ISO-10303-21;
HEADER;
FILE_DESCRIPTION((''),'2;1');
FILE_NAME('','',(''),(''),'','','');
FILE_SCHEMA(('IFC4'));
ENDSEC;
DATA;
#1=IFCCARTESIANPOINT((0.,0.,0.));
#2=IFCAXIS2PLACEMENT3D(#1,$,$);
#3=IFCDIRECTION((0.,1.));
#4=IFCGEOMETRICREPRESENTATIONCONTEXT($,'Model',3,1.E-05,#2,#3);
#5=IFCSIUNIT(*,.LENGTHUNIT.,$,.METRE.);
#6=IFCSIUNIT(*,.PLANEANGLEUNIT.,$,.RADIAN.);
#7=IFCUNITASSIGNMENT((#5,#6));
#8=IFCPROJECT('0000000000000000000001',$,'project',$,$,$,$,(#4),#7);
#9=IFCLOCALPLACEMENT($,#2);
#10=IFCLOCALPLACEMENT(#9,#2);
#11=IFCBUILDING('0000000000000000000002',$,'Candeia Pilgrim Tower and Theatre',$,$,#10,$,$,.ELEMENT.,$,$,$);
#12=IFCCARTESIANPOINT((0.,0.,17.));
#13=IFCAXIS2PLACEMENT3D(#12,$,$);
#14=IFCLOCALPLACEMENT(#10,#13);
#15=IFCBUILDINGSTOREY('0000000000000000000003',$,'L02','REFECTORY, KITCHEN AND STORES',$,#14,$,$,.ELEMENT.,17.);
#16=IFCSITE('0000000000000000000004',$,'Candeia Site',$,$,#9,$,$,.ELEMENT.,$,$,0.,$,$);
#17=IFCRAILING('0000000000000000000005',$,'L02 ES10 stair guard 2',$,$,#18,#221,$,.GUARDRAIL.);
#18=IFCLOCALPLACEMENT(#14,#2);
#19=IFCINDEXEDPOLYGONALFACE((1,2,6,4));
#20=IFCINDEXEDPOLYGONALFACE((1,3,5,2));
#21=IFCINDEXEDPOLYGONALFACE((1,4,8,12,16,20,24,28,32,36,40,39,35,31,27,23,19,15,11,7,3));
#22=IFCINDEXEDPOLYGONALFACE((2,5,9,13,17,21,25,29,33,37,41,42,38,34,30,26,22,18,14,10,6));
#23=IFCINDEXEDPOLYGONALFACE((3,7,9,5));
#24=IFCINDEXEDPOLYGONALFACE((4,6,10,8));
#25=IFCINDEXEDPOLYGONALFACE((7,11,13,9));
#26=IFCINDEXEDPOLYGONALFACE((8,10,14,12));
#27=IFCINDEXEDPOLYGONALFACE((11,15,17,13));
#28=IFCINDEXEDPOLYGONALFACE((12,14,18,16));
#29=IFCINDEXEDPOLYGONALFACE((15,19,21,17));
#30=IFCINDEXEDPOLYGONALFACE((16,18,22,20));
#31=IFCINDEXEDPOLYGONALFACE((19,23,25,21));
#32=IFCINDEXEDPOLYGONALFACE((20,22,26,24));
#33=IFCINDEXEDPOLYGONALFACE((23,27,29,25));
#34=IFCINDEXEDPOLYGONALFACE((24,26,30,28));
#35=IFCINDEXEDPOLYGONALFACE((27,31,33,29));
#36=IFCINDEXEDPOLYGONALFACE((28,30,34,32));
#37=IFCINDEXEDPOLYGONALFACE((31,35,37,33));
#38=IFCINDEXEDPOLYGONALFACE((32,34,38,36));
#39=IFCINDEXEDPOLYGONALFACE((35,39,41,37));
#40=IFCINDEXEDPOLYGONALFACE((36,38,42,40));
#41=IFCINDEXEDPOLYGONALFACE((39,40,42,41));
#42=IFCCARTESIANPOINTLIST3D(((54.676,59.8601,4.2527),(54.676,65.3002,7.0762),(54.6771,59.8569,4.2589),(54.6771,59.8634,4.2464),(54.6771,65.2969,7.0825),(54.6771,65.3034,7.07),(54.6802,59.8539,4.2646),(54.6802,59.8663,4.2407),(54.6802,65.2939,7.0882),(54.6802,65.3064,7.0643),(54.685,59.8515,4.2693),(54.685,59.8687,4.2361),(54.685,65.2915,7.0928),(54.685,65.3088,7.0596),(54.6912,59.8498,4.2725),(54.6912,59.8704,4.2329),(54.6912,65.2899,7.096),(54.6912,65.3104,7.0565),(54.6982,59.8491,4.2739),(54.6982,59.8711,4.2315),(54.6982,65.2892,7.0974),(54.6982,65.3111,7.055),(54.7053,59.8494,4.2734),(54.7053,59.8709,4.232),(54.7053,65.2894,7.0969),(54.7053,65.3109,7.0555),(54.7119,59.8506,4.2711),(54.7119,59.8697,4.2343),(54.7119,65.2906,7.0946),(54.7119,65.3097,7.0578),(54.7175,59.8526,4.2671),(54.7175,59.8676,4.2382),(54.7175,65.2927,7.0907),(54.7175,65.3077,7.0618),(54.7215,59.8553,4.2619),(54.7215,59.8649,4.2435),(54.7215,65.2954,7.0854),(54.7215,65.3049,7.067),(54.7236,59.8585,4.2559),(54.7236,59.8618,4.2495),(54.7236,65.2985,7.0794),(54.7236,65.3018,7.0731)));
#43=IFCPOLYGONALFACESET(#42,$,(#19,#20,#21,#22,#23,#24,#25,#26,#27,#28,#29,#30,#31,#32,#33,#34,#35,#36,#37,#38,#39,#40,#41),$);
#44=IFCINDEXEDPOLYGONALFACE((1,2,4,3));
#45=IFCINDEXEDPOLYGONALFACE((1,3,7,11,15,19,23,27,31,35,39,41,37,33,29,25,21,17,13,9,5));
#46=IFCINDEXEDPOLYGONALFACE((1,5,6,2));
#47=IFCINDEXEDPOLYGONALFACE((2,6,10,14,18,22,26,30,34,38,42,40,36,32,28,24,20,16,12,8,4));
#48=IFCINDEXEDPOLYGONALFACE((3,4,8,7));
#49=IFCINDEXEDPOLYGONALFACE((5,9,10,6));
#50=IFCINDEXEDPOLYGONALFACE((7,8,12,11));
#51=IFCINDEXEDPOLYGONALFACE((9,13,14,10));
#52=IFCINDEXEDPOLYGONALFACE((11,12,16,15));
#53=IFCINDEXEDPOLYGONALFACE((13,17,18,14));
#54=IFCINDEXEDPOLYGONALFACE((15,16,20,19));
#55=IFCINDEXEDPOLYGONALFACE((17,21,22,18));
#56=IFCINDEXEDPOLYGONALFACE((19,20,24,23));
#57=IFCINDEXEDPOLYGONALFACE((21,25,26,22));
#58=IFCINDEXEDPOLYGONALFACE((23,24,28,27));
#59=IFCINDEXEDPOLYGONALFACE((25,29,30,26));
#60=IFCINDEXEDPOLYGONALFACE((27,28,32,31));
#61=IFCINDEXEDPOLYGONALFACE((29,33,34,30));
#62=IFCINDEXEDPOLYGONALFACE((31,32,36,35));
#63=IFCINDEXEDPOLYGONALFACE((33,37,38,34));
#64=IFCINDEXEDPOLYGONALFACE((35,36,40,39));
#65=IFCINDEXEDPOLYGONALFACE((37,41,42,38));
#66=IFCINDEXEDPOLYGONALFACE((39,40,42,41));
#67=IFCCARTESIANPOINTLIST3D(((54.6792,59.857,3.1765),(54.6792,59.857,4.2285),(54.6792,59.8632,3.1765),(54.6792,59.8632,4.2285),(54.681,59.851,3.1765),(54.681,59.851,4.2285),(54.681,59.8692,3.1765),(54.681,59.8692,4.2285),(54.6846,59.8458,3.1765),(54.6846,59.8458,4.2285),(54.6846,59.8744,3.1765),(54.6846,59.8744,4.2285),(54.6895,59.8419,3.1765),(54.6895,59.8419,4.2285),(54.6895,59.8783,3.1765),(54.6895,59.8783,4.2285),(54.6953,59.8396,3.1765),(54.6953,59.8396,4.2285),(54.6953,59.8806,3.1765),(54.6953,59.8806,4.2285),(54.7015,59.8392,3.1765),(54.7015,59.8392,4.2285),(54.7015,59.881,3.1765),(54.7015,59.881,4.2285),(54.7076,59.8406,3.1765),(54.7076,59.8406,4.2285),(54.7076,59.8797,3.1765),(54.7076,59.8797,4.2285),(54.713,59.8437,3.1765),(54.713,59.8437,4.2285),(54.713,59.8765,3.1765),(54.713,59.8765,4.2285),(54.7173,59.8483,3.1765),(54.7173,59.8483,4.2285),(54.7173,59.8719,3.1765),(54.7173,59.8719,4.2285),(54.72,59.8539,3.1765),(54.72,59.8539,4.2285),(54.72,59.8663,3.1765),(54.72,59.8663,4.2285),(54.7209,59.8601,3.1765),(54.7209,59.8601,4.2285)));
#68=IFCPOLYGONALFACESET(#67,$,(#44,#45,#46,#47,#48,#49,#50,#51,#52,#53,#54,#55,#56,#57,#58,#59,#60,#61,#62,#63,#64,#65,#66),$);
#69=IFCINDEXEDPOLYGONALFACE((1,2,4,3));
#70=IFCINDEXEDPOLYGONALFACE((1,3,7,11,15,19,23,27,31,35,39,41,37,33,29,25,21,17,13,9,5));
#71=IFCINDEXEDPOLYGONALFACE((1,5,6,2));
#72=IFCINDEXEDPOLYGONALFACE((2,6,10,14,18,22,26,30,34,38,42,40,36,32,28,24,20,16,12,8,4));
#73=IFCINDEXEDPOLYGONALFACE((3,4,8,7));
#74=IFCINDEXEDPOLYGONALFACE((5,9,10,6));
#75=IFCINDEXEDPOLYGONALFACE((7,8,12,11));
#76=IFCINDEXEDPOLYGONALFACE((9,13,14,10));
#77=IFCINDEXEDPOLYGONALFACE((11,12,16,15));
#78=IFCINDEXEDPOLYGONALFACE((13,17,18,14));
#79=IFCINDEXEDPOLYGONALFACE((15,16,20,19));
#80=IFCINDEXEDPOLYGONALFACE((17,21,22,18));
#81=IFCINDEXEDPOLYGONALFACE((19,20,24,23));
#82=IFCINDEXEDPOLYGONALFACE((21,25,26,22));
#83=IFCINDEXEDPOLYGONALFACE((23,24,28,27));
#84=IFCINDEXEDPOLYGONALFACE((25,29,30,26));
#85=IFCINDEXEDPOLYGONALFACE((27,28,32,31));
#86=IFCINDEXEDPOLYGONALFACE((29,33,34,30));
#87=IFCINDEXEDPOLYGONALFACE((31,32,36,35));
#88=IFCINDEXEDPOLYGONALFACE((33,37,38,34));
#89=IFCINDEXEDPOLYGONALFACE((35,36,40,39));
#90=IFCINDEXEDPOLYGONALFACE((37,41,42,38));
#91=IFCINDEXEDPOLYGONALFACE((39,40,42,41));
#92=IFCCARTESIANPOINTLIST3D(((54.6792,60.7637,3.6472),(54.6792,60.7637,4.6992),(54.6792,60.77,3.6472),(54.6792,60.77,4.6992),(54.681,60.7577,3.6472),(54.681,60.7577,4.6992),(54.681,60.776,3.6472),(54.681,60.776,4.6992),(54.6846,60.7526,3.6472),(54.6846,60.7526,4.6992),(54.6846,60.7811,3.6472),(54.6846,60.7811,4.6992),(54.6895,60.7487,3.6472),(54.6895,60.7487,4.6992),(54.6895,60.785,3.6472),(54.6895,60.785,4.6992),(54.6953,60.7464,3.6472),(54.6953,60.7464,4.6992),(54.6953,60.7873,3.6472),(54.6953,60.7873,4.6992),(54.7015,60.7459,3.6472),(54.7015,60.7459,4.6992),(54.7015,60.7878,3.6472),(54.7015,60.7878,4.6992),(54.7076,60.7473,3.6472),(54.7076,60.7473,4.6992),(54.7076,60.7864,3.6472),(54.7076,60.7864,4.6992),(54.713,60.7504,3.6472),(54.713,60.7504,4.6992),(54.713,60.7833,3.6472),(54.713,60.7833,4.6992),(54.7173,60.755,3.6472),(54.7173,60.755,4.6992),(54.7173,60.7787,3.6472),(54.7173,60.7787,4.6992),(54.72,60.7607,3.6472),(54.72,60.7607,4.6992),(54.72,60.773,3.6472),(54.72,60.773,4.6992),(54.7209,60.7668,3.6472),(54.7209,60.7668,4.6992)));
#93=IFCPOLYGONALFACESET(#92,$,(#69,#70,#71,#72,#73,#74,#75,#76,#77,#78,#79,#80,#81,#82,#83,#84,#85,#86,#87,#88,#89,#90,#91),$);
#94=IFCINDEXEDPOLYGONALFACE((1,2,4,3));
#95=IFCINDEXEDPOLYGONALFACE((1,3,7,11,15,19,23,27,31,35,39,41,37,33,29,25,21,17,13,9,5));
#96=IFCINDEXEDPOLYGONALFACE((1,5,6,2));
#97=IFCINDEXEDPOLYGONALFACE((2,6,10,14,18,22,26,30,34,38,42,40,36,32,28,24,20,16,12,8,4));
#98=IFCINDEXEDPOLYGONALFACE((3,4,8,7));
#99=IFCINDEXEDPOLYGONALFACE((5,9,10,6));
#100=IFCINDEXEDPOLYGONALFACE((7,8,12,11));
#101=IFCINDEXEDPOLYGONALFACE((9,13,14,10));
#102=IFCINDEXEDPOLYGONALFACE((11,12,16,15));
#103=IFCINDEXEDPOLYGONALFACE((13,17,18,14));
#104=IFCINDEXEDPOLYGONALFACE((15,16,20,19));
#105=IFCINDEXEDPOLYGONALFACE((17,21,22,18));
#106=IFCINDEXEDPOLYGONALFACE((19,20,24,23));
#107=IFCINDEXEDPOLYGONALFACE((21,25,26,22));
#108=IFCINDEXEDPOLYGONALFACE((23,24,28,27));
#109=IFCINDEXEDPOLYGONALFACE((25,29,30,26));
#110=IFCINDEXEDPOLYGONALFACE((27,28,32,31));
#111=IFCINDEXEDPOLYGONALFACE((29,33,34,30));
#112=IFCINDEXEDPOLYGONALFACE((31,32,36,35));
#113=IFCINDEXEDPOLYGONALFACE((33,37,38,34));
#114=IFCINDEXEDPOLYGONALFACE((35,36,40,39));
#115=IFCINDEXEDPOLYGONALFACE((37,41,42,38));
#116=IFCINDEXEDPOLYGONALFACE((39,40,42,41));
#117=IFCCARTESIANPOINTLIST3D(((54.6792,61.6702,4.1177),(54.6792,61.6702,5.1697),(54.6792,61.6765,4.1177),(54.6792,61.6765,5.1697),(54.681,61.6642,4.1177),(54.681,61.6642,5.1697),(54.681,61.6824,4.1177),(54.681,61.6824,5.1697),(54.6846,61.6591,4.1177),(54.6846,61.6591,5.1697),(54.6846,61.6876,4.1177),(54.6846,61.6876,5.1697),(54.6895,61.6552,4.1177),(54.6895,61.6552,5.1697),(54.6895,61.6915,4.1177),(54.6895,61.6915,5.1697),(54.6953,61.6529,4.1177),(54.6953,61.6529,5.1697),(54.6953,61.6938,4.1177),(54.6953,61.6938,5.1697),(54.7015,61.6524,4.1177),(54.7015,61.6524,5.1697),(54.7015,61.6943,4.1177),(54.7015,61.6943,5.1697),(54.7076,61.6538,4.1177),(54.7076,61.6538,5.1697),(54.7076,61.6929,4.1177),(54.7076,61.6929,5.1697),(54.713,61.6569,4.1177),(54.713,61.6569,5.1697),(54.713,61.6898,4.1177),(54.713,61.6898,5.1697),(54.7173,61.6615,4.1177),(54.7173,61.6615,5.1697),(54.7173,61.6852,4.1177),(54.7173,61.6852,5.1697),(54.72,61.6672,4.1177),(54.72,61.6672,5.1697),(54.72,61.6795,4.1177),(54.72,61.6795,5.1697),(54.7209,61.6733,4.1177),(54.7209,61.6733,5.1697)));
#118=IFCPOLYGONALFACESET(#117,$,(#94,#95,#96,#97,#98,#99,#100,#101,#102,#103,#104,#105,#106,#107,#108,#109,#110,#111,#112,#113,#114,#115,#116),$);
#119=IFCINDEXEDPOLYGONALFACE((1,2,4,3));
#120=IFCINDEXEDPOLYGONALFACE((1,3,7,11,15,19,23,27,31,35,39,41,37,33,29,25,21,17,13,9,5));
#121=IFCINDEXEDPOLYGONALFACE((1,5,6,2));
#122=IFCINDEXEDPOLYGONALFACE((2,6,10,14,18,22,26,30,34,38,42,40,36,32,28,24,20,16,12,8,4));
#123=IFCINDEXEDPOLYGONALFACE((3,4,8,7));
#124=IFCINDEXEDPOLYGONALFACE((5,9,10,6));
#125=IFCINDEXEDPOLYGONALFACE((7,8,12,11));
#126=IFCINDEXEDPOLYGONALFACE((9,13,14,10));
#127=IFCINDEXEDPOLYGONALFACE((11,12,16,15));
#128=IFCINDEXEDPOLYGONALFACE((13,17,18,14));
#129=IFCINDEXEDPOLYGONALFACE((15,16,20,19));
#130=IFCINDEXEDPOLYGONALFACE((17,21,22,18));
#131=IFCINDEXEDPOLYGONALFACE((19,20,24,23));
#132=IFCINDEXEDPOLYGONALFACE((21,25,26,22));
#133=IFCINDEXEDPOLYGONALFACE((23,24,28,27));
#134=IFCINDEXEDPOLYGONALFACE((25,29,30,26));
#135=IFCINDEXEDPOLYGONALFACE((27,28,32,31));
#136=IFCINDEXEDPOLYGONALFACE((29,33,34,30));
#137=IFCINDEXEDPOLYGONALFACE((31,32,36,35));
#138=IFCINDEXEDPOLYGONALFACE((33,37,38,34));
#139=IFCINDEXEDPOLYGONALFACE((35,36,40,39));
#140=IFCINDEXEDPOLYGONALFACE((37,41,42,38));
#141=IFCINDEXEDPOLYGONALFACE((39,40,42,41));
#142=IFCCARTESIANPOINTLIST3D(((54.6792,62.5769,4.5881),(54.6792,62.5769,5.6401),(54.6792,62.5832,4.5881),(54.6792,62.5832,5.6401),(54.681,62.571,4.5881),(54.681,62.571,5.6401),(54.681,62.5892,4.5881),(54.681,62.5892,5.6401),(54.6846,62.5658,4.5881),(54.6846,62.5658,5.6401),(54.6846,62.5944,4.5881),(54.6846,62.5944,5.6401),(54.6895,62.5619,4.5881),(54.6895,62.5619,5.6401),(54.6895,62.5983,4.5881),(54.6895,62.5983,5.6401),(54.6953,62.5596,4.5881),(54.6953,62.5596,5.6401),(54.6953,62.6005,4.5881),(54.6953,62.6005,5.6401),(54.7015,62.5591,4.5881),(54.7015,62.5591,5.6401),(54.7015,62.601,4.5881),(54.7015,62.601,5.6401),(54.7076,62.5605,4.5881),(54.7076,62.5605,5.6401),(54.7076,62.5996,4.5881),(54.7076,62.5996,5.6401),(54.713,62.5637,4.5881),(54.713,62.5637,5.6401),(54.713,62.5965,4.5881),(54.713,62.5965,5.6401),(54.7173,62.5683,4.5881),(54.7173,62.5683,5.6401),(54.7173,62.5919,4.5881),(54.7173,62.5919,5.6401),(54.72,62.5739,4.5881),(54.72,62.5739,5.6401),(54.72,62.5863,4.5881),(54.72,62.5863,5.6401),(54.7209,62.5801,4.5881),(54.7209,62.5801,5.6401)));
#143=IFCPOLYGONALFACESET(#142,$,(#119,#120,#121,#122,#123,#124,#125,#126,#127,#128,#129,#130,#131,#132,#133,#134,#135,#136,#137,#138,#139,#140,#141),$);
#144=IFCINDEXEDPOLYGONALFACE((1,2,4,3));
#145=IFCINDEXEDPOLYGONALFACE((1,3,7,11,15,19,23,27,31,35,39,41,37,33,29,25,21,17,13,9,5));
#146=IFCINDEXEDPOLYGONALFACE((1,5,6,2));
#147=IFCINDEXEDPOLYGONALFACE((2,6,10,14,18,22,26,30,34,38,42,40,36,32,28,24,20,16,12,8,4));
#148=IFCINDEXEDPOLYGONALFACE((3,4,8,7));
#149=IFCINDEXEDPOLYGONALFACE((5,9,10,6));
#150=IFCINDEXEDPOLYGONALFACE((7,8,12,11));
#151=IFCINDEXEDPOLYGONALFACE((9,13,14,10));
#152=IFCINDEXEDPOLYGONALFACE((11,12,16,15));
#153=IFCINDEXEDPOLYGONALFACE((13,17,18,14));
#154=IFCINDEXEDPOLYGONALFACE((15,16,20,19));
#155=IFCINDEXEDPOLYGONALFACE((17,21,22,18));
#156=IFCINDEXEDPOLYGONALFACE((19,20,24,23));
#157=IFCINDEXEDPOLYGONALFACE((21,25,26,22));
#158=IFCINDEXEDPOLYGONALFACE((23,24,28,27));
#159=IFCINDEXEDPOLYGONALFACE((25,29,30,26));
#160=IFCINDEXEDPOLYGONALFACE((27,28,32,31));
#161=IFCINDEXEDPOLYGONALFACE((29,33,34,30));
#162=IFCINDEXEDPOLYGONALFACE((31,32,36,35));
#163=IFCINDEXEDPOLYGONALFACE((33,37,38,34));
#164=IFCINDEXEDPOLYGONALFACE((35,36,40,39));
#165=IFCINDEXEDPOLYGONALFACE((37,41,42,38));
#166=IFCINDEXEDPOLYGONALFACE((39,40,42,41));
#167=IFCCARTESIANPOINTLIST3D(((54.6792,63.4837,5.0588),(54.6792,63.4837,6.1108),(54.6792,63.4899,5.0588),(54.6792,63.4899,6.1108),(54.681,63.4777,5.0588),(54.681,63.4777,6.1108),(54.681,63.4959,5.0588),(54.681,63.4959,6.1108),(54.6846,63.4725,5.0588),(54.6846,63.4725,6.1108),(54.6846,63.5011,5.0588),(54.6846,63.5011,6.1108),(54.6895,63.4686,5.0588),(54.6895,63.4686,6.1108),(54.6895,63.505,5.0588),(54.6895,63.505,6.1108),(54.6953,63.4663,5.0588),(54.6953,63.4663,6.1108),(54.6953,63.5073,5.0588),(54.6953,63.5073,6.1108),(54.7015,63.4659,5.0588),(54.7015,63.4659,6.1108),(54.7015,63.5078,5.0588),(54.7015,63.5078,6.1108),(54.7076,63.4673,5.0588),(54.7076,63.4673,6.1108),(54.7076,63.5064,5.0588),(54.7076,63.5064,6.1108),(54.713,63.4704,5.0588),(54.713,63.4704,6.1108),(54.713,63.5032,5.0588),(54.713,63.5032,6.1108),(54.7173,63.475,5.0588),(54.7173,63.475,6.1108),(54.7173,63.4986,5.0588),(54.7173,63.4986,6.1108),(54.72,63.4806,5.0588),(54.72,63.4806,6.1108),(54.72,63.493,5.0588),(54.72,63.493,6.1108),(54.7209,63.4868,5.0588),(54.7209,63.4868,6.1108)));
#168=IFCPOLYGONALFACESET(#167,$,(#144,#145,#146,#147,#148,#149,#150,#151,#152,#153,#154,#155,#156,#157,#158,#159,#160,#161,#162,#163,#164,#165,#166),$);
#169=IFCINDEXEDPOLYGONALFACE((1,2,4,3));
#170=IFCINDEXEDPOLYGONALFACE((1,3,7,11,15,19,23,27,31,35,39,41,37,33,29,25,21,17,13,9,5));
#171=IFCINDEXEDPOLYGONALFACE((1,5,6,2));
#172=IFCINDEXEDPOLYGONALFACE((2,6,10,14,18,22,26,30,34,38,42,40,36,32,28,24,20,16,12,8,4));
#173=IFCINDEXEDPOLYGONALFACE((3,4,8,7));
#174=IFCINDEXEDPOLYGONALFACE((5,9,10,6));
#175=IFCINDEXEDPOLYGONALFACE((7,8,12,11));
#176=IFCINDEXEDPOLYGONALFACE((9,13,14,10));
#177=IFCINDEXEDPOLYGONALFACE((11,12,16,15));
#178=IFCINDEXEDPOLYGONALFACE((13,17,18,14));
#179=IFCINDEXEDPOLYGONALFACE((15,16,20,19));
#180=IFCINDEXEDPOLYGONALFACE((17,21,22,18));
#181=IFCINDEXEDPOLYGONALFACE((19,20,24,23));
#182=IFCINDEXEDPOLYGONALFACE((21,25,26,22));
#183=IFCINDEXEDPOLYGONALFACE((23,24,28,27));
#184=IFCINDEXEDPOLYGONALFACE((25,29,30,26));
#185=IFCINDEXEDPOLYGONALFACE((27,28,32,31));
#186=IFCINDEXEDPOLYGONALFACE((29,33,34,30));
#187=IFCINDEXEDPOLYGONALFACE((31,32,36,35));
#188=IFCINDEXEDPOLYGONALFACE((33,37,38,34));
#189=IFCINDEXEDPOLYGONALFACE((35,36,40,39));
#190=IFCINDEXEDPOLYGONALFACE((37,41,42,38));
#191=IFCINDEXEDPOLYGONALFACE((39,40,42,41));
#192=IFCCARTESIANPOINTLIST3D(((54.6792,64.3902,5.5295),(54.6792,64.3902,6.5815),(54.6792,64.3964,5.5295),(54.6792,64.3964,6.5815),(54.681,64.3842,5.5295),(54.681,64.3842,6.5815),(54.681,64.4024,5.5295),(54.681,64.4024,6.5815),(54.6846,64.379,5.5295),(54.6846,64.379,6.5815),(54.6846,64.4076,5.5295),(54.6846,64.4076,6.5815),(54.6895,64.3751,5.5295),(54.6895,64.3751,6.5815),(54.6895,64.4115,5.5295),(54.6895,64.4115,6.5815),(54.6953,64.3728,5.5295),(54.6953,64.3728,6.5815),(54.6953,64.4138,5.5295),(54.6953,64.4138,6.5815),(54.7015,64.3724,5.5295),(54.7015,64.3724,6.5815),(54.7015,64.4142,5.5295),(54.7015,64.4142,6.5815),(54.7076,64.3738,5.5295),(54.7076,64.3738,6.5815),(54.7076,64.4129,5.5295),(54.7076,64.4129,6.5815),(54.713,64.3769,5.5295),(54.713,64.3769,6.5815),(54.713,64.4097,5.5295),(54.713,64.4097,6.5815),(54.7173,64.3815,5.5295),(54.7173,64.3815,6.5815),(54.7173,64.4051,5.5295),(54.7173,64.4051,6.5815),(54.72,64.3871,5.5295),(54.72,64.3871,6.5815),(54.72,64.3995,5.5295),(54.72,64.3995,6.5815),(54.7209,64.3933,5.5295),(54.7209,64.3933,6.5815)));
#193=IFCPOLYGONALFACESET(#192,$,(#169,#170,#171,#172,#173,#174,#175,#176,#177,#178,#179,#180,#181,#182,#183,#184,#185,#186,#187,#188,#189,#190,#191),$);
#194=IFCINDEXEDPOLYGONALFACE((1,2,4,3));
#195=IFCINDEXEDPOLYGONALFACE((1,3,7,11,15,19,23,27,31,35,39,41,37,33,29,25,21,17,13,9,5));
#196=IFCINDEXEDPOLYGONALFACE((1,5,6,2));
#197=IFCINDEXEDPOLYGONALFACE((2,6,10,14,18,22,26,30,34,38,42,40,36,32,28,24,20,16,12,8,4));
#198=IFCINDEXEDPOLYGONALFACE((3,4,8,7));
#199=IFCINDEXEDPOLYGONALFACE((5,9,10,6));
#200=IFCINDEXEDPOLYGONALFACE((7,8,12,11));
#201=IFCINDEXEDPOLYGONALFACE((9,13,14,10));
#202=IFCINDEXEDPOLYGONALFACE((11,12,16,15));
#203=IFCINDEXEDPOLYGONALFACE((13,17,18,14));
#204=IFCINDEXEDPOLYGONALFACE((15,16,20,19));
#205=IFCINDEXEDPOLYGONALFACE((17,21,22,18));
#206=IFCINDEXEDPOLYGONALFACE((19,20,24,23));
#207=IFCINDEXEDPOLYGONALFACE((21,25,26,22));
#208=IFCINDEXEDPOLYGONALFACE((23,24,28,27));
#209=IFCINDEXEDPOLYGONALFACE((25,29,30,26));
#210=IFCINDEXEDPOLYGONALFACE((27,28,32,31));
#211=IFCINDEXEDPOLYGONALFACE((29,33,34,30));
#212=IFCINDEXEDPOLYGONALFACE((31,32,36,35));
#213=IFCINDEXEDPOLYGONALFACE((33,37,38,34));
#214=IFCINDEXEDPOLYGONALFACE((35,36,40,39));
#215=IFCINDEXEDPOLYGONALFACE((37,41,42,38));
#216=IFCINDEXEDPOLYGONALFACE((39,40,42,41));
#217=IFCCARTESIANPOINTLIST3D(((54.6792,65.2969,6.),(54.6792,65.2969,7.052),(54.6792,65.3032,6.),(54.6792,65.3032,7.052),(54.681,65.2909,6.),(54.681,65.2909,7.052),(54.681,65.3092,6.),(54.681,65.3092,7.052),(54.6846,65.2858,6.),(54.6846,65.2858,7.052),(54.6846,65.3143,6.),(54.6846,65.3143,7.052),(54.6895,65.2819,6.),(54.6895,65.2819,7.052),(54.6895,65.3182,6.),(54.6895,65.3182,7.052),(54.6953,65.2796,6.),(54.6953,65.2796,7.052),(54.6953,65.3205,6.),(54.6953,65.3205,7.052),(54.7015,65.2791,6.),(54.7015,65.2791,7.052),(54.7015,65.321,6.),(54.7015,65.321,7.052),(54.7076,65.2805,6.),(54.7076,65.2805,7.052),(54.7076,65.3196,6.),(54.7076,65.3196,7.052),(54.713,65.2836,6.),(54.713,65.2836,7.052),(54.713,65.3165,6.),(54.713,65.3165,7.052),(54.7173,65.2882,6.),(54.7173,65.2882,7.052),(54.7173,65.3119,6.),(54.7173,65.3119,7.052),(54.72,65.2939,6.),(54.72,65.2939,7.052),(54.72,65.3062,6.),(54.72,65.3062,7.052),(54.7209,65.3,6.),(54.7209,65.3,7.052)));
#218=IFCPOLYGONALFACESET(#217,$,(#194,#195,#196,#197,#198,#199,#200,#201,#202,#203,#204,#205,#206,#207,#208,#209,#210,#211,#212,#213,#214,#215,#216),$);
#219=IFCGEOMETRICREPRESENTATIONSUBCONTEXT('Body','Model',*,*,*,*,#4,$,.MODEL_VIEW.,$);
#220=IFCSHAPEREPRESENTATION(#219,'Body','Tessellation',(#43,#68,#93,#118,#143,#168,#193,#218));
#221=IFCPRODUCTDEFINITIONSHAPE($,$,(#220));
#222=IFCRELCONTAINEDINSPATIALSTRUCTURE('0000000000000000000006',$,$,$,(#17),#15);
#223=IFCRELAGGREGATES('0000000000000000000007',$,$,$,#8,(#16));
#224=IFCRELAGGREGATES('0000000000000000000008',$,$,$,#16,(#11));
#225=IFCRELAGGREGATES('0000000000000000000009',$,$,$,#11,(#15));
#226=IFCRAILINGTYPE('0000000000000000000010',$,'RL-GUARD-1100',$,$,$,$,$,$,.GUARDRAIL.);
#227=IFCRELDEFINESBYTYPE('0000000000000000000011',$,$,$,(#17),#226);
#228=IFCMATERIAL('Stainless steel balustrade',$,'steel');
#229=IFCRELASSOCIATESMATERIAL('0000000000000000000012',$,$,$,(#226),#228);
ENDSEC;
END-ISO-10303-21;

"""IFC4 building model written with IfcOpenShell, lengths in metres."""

from ifc_helpers import new_model, si_unit, direction, frame, origin, origin_2d, place, context, subcontext, project, spatial, circle, extrude, material, type_object, element, save


model = new_model("IFC4")

# Units and contexts
model_context = context("Model", 3, precision=1e-05, world=origin(), true_north=direction((0.0, 1.0)))
body_context = subcontext(model_context, "Body", "Model", "MODEL_VIEW")
ifc_project = project(units=[si_unit("LENGTHUNIT", "METRE"), si_unit("PLANEANGLEUNIT", "RADIAN")], contexts=[model_context])

# Site, building, storey
site_placement = place(None, origin())
site = spatial("IfcSite", under=ifc_project, at=site_placement, Name="Candeia Site", CompositionType="ELEMENT", RefElevation=0.0)
building_placement = place(site_placement, origin())
building = spatial("IfcBuilding", under=site, at=building_placement, Name="Candeia Pilgrim Tower and Theatre", CompositionType="ELEMENT")
storey_placement = place(building_placement, frame((0.0, 0.0, 17.0)))
storey = spatial("IfcBuildingStorey", under=building, at=storey_placement, Name="L02", Description="REFECTORY, KITCHEN AND STORES", CompositionType="ELEMENT", Elevation=17.0)

# Railing
ifc_material_1 = material(Name="Stainless steel balustrade", Category="steel")
railing_type_1 = type_object("IfcRailingType", Name="RL-GUARD-1100", PredefinedType="GUARDRAIL", material=ifc_material_1)
railing_1_placement = place(storey_placement, frame((54.7, 59.8601, 3.1765)))
element("IfcRailing", 1, at=railing_1_placement, inside=storey, type_object=railing_type_1, Name="L02 ES10 stair guard 2", PredefinedType="GUARDRAIL", context=body_context, shape_type="SweptSolid", body=[
    extrude(circle(Radius=0.0239, at=origin_2d()), frame((0.0, 0.0, 1.0762), z_axis=(0.0, 0.887569, 0.460674), x_axis=(-1.0, 0.0, 0.0)), (0.0, 0.0, 1.0), 6.1292),
    extrude(circle(Radius=0.021, at=origin_2d()), origin(), (0.0, 0.0, 1.0), 1.052),
    extrude(circle(Radius=0.021, at=origin_2d()), frame((0.0, 0.9067, 0.4707)), (0.0, 0.0, 1.0), 1.052),
    extrude(circle(Radius=0.021, at=origin_2d()), frame((0.0, 1.8132, 0.9412)), (0.0, 0.0, 1.0), 1.052),
    extrude(circle(Radius=0.021, at=origin_2d()), frame((0.0, 2.72, 1.4116)), (0.0, 0.0, 1.0), 1.052),
    extrude(circle(Radius=0.021, at=origin_2d()), frame((0.0, 3.6267, 1.8823)), (0.0, 0.0, 1.0), 1.052),
    extrude(circle(Radius=0.021, at=origin_2d()), frame((0.0, 4.5332, 2.353)), (0.0, 0.0, 1.0), 1.052),
    extrude(circle(Radius=0.021, at=origin_2d()), frame((0.0, 5.4399, 2.8235)), (0.0, 0.0, 1.0), 1.052),
])

save(model, "model.ifc")
